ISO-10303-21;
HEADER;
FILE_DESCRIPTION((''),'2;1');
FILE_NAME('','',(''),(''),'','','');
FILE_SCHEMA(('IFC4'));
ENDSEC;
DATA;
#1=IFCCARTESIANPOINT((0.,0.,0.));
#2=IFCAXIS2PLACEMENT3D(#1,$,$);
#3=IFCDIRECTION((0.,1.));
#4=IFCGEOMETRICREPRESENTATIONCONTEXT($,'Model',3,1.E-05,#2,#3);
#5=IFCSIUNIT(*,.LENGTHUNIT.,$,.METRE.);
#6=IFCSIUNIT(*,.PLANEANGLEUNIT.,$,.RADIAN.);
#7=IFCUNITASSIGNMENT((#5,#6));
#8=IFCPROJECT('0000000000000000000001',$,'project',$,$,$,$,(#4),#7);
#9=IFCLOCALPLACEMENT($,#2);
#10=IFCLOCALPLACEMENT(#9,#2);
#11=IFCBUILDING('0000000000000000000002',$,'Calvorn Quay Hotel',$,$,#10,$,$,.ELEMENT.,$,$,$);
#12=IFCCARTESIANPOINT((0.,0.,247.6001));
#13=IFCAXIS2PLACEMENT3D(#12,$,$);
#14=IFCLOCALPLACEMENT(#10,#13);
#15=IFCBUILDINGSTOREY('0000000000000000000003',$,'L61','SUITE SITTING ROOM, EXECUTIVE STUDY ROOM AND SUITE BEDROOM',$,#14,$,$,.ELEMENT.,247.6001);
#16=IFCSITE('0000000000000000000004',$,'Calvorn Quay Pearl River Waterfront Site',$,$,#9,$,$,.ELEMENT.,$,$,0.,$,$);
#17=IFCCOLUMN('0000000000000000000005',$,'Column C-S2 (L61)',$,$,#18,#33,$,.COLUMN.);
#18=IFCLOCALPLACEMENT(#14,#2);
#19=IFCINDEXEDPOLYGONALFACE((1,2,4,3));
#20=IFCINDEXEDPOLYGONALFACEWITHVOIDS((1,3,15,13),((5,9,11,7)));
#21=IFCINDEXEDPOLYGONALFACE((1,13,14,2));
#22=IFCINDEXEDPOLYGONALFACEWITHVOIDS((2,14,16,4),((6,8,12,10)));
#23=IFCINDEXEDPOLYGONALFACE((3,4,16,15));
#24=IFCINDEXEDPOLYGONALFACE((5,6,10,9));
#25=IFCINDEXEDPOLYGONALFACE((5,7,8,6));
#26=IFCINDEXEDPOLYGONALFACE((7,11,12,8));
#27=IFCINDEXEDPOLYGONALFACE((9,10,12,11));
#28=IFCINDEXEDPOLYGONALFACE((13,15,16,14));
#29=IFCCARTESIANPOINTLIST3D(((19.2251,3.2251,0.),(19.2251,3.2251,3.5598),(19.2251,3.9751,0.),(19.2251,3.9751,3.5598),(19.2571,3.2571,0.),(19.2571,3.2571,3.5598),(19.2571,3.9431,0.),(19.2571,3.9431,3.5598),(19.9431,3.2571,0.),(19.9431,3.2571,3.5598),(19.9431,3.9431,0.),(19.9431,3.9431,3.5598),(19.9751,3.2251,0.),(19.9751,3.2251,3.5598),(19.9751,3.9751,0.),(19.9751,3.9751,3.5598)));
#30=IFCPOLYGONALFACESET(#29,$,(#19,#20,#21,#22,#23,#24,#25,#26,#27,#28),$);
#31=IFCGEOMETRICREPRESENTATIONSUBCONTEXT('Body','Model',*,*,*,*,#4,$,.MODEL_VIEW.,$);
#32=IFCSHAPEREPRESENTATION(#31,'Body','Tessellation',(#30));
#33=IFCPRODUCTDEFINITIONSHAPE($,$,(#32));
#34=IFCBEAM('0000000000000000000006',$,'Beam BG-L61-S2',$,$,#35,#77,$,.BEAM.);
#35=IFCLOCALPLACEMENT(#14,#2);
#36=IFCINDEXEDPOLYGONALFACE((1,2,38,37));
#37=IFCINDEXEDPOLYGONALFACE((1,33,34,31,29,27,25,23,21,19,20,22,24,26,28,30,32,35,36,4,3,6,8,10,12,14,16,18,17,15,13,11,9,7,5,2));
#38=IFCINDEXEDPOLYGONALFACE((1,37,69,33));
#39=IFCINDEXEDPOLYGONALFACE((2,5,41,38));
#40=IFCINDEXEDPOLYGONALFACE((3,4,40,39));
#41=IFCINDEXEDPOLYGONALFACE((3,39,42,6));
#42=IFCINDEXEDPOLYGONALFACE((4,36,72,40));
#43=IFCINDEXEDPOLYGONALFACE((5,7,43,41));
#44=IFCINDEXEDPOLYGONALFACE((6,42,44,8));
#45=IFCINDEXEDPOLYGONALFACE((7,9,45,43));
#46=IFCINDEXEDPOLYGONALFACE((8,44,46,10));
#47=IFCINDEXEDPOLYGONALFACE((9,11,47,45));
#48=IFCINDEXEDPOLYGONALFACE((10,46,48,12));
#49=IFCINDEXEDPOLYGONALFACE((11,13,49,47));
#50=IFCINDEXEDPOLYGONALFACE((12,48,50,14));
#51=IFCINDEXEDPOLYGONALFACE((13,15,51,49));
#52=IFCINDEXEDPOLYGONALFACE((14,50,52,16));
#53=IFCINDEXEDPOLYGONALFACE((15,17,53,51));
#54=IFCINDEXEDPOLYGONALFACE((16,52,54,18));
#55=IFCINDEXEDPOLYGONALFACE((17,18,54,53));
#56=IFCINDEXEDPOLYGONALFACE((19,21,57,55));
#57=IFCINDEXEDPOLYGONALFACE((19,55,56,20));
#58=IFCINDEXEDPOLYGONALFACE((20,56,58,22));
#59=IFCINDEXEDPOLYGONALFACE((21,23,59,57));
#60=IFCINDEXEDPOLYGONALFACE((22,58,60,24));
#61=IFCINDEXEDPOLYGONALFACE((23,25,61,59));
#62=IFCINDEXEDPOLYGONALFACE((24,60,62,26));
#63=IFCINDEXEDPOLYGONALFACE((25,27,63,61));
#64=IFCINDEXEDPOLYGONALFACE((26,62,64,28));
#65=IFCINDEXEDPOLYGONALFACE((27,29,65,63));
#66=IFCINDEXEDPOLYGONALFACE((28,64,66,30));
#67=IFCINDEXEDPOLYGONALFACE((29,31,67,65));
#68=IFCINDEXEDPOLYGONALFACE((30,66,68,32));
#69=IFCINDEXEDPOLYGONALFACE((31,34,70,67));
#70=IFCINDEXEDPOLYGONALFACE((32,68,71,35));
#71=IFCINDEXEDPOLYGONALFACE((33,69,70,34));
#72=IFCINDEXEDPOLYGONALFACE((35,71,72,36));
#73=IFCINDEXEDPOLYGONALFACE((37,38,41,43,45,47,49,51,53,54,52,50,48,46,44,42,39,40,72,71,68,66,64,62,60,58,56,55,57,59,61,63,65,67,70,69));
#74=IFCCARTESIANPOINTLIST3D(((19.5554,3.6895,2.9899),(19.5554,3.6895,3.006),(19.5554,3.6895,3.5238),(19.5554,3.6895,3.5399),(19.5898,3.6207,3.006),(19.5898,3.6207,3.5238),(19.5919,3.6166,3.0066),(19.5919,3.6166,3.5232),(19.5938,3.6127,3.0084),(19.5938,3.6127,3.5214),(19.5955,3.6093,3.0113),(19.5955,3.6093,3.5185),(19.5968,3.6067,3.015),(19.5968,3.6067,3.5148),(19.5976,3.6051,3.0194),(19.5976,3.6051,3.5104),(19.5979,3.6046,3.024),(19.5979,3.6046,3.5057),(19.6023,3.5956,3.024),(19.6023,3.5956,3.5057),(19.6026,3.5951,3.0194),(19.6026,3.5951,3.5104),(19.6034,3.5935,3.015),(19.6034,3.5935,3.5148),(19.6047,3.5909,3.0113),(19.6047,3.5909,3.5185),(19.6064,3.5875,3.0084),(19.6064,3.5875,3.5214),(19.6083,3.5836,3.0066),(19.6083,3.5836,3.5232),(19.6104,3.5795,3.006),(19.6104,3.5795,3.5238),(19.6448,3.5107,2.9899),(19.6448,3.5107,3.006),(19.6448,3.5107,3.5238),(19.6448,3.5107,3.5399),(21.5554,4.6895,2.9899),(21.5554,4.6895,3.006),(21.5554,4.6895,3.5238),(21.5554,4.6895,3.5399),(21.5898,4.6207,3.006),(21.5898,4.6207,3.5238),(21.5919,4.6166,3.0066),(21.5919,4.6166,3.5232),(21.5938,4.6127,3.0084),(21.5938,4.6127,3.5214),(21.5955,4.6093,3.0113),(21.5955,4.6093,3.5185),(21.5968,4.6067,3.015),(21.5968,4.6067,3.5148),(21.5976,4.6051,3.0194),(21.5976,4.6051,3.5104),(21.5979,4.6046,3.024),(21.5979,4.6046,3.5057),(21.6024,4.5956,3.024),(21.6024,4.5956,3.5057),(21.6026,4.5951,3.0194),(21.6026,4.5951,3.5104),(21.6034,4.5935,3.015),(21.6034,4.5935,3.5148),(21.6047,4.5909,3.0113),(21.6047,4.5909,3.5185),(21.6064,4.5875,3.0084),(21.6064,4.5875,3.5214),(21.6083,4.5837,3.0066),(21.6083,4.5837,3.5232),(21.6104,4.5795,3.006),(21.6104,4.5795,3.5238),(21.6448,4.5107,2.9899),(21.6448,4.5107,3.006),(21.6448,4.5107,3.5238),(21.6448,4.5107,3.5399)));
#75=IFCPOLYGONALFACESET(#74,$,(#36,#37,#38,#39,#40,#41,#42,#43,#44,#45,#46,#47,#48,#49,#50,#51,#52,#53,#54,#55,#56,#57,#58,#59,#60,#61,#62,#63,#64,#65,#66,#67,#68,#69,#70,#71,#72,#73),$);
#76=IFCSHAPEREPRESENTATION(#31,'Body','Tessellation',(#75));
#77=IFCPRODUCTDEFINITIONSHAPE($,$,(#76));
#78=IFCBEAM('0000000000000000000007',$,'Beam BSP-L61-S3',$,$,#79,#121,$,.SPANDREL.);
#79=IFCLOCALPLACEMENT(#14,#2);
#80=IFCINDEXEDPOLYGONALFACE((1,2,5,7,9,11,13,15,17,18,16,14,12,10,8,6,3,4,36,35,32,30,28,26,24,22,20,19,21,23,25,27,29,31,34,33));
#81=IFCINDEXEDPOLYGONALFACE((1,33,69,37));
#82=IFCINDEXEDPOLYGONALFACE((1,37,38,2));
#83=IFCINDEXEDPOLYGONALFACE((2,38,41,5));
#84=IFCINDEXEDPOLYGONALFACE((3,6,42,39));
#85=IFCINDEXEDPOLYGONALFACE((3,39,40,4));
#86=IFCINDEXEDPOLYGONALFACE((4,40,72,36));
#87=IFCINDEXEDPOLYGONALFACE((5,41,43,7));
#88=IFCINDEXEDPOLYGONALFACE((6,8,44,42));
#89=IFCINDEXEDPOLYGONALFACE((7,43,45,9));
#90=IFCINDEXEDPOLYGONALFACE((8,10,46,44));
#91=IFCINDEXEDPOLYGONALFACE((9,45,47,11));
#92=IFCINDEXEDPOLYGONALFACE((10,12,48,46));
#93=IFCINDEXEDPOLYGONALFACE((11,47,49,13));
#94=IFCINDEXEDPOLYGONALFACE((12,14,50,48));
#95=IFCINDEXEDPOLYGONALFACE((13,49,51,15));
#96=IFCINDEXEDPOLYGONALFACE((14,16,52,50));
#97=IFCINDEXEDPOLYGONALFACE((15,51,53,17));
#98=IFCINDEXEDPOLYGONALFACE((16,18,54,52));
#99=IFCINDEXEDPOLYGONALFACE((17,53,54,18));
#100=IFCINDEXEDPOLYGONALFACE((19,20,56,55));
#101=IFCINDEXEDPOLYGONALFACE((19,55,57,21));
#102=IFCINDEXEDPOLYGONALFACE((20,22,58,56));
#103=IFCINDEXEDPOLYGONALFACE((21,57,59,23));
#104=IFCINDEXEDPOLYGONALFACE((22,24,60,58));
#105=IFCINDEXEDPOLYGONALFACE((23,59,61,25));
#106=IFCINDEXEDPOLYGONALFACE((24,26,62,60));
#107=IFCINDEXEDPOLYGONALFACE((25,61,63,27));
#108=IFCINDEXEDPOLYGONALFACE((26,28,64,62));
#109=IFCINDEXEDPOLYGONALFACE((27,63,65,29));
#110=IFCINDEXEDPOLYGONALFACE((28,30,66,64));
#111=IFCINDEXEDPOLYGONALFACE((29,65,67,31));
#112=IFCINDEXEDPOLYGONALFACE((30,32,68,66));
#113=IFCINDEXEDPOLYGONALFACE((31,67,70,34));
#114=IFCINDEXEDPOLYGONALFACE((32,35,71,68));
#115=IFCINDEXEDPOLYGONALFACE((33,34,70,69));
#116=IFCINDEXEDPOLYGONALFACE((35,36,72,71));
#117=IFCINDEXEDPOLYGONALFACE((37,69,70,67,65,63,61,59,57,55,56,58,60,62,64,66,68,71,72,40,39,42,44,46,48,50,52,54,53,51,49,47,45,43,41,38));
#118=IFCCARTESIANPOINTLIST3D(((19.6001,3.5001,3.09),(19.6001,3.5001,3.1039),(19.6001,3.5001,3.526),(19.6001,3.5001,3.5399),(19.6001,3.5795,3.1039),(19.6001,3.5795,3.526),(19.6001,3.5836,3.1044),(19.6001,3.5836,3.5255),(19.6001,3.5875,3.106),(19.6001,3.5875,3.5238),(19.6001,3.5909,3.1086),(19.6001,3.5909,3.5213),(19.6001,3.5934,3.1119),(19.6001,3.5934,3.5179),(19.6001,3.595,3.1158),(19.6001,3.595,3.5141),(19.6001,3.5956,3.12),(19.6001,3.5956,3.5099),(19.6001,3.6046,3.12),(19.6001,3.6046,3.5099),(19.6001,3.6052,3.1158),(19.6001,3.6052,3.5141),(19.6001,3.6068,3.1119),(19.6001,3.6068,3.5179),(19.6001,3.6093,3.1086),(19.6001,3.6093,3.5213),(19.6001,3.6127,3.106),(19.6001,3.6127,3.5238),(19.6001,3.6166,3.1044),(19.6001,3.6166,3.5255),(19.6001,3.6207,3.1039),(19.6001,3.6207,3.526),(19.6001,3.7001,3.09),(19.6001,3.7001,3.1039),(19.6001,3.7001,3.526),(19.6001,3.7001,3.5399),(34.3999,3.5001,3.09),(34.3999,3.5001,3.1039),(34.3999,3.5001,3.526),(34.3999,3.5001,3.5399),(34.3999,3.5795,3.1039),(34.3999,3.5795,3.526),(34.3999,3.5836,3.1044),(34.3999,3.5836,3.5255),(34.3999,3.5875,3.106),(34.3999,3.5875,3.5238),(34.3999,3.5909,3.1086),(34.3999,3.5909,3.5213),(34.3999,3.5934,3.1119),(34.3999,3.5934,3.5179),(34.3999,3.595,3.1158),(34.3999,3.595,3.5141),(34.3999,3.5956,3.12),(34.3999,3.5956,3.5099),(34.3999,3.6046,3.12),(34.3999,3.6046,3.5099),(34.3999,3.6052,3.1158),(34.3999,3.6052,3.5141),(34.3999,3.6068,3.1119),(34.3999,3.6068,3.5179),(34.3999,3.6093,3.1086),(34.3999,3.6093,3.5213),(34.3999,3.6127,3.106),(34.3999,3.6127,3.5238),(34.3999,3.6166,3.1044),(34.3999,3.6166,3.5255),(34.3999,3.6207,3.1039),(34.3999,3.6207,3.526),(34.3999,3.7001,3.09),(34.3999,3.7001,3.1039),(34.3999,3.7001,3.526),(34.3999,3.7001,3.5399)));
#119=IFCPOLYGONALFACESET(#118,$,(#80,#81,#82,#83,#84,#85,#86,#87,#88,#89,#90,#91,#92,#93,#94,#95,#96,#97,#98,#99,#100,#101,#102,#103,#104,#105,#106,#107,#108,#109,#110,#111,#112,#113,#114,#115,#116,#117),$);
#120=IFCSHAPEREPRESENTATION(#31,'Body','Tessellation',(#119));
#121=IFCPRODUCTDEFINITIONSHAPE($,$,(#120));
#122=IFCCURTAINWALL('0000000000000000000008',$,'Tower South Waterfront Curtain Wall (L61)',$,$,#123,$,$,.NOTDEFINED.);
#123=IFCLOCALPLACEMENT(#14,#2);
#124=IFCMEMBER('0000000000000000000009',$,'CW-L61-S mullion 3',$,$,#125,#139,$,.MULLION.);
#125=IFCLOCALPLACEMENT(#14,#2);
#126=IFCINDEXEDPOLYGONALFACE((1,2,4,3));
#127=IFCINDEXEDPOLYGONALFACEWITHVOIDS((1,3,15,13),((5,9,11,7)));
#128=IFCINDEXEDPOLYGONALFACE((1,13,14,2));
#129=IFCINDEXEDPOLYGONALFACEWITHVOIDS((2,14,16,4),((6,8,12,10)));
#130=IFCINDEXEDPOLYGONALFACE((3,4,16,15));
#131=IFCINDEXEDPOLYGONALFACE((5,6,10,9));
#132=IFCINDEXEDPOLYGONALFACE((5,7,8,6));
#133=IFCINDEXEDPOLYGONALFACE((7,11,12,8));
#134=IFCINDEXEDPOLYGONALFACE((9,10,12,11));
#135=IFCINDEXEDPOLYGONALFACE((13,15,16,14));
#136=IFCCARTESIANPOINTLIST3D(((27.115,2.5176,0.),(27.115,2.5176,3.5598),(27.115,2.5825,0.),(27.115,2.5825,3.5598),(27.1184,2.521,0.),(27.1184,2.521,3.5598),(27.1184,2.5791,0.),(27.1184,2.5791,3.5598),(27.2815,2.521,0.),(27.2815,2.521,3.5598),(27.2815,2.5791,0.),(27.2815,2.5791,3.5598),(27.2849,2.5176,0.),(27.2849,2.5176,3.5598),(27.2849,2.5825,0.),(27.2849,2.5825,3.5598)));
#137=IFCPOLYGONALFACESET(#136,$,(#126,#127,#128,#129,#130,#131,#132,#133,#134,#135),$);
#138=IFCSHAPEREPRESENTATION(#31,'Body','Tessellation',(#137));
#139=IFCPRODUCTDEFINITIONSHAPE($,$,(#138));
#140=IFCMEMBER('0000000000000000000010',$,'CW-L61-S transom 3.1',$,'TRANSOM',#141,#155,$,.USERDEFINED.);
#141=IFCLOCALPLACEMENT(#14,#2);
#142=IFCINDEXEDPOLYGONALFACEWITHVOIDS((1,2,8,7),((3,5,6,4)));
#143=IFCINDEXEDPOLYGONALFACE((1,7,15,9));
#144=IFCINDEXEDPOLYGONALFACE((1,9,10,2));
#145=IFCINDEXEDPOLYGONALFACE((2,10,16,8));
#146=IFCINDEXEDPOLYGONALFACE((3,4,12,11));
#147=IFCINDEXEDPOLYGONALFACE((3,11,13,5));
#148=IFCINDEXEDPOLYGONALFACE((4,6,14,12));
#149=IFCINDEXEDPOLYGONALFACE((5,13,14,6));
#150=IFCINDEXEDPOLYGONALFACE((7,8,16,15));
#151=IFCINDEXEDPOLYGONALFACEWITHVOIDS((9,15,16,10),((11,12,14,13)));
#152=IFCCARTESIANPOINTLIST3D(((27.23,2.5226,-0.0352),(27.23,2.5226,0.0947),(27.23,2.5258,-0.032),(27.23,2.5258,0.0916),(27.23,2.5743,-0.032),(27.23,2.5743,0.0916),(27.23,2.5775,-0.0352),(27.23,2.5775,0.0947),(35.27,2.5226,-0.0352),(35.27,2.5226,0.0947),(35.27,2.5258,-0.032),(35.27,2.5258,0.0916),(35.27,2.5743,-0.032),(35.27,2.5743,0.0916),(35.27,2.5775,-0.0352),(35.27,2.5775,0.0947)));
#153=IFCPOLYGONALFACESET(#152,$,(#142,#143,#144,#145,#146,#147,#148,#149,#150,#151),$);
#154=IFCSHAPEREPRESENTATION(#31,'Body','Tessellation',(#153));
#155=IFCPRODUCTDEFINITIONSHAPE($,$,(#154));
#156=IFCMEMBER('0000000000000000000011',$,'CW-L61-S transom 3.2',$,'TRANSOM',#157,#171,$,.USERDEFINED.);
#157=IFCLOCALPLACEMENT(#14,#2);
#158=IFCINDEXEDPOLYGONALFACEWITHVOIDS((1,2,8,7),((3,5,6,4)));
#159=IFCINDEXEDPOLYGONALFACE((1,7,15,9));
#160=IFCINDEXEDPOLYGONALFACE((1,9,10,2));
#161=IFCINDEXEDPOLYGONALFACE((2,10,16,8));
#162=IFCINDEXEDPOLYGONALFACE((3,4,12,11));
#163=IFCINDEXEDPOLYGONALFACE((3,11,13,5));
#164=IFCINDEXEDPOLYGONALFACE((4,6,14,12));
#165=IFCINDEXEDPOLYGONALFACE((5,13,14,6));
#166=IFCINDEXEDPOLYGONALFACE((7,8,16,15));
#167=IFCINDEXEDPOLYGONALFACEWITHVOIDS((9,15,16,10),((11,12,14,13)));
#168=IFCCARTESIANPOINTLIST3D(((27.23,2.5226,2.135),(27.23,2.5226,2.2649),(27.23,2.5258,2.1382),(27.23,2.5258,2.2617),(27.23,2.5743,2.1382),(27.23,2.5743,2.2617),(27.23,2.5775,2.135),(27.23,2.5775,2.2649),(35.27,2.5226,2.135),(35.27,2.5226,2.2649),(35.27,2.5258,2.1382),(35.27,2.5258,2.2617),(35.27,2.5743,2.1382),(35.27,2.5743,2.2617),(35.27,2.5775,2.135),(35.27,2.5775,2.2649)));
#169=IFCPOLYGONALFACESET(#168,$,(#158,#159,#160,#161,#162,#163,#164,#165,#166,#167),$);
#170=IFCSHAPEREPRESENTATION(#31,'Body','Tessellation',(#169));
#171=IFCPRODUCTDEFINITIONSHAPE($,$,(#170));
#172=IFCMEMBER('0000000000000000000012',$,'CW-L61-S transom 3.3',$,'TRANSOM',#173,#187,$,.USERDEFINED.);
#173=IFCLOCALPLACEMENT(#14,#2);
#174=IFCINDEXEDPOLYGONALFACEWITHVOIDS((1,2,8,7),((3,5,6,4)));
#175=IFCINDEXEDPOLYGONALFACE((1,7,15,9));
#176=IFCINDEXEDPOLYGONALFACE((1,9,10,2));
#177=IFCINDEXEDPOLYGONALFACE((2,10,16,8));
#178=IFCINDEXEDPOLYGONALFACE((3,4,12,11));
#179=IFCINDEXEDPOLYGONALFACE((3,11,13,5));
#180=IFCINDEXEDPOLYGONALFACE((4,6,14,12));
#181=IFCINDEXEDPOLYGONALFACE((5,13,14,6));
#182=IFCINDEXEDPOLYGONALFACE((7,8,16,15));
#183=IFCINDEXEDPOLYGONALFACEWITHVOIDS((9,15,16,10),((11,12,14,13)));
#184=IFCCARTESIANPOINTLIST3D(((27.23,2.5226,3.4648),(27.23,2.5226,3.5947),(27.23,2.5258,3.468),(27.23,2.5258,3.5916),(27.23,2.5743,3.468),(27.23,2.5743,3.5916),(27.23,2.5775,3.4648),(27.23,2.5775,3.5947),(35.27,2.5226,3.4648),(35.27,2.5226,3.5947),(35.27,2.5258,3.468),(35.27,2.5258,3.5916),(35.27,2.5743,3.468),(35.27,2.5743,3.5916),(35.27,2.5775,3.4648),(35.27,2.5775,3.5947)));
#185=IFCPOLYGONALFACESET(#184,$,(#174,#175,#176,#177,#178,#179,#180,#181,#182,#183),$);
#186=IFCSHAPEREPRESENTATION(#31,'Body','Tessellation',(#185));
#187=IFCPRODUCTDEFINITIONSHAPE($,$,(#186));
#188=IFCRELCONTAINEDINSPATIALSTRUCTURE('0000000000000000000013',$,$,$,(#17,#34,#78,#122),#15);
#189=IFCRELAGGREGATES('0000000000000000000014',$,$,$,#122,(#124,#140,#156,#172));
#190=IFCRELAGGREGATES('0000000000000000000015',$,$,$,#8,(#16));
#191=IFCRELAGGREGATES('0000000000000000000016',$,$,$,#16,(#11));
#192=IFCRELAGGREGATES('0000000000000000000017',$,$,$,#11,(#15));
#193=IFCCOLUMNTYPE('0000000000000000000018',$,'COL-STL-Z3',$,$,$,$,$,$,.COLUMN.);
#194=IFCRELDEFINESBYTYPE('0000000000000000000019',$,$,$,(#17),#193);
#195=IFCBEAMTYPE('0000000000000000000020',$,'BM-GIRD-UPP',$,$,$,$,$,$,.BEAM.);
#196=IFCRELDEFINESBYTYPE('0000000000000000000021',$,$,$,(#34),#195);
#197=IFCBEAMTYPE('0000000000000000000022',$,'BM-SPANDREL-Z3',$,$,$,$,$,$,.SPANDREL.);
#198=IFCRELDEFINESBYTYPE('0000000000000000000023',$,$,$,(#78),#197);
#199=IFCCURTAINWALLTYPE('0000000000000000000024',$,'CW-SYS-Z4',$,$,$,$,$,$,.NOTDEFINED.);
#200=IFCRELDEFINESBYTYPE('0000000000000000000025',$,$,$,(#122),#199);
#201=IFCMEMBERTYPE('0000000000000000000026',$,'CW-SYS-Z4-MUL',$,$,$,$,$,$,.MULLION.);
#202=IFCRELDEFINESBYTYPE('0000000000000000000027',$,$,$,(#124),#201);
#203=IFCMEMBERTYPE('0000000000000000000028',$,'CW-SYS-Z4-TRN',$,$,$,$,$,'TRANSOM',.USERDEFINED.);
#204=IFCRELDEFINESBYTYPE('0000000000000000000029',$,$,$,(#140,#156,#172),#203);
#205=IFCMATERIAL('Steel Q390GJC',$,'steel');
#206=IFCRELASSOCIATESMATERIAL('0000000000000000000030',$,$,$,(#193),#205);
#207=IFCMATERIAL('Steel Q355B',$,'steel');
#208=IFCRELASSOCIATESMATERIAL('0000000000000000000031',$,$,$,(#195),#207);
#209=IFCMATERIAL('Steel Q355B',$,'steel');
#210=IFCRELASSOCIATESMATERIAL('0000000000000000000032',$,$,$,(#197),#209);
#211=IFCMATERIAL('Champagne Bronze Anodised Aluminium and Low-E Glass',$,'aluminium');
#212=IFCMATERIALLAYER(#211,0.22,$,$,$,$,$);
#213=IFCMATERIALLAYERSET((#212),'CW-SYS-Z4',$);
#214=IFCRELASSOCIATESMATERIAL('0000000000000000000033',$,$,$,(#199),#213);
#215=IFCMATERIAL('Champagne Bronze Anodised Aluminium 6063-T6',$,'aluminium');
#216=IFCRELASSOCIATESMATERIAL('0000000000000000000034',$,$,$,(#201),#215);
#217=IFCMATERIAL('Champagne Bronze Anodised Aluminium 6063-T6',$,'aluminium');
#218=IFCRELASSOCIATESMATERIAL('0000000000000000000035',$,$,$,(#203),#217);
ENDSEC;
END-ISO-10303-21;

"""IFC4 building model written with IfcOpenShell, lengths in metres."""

from ifc_helpers import new_model, si_unit, direction, frame, origin, origin_2d, place, context, subcontext, project, spatial, hollow_rectangle, i_section, extrude, material, layer, layer_set, material_profile, profile_set, type_object, element, aggregate, save


model = new_model("IFC4")

# Units and contexts
model_context = context("Model", 3, precision=1e-05, world=origin(), true_north=direction((0.0, 1.0)))
body_context = subcontext(model_context, "Body", "Model", "MODEL_VIEW")
ifc_project = project(units=[si_unit("LENGTHUNIT", "METRE"), si_unit("PLANEANGLEUNIT", "RADIAN")], contexts=[model_context])

# Site, building, storey
site_placement = place(None, origin())
site = spatial("IfcSite", under=ifc_project, at=site_placement, Name="Calvorn Quay Pearl River Waterfront Site", CompositionType="ELEMENT", RefElevation=0.0)
building_placement = place(site_placement, origin())
building = spatial("IfcBuilding", under=site, at=building_placement, Name="Calvorn Quay Hotel", CompositionType="ELEMENT")
storey_placement = place(building_placement, frame((0.0, 0.0, 247.6001)))
storey = spatial("IfcBuildingStorey", under=building, at=storey_placement, Name="L61", Description="SUITE SITTING ROOM, EXECUTIVE STUDY ROOM AND SUITE BEDROOM", CompositionType="ELEMENT", Elevation=247.6001)

# Column
ifc_material_1 = material(Name="Steel Q390GJC", Category="steel")
ifc_material_profile_1 = material_profile(ifc_material_1, hollow_rectangle(XDim=0.75, YDim=0.75, WallThickness=0.032, at=origin_2d()), Name="BOX750x750x32")
ifc_profile_set_1 = profile_set([ifc_material_profile_1], Name="Steel Q390GJC")
column_type = type_object("IfcColumnType", Name="COL-STL-Z3", PredefinedType="COLUMN", material=ifc_profile_set_1)
column_placement = place(storey_placement, frame((19.6001, 3.6001, 0.0), z_axis=(0.0, 0.0, 1.0), x_axis=(1.0, 0.0, 0.0)))
element("IfcColumn", 1, at=column_placement, inside=storey, type_object=column_type, Name="Column C-S2 (L61)", PredefinedType="COLUMN", context=body_context, shape_type="SweptSolid", body=[
    extrude(hollow_rectangle(XDim=0.75, YDim=0.75, WallThickness=0.032, at=origin_2d()), origin(), (0.0, 0.0, 1.0), 3.5598),
])

# Beams
ifc_material_2 = material(Name="Steel Q355B", Category="steel")
ifc_material_profile_2 = material_profile(ifc_material_2, i_section(OverallWidth=0.2, OverallDepth=0.55, WebThickness=0.01, FlangeThickness=0.0161, FilletRadius=0.0181, at=origin_2d()), Name="HN550x200x10x16")
ifc_profile_set_2 = profile_set([ifc_material_profile_2], Name="Steel Q355B")
beam_type_1 = type_object("IfcBeamType", Name="BM-GIRD-UPP", PredefinedType="BEAM", material=ifc_profile_set_2)
beam_1_placement = place(storey_placement, frame((19.6001, 3.6001, 3.2649), z_axis=(0.894427, 0.447214, 0.0), x_axis=(-0.447214, 0.894427, 0.0)))
element("IfcBeam", 2, at=beam_1_placement, inside=storey, type_object=beam_type_1, Name="Beam BG-L61-S2", PredefinedType="BEAM", context=body_context, shape_type="SweptSolid", body=[
    extrude(i_section(OverallWidth=0.2, OverallDepth=0.55, WebThickness=0.01, FlangeThickness=0.0161, FilletRadius=0.0181, at=origin_2d()), origin(), (0.0, 0.0, 1.0), 2.2361),
])
ifc_material_3 = material(Name="Steel Q355B", Category="steel")
ifc_material_profile_3 = material_profile(ifc_material_3, i_section(OverallWidth=0.2, OverallDepth=0.45, WebThickness=0.009, FlangeThickness=0.0139, FilletRadius=0.0161, at=origin_2d()), Name="HN450x200x9x14")
ifc_profile_set_3 = profile_set([ifc_material_profile_3], Name="Steel Q355B")
beam_type_2 = type_object("IfcBeamType", Name="BM-SPANDREL-Z3", PredefinedType="SPANDREL", material=ifc_profile_set_3)
beam_2_placement = place(storey_placement, frame((19.6001, 3.6001, 3.3149), z_axis=(1.0, 0.0, 0.0), x_axis=(0.0, 1.0, 0.0)))
element("IfcBeam", 3, at=beam_2_placement, inside=storey, type_object=beam_type_2, Name="Beam BSP-L61-S3", PredefinedType="SPANDREL", context=body_context, shape_type="SweptSolid", body=[
    extrude(i_section(OverallWidth=0.2, OverallDepth=0.45, WebThickness=0.009, FlangeThickness=0.0139, FilletRadius=0.0161, at=origin_2d()), origin(), (0.0, 0.0, 1.0), 14.7998),
])

# Curtain wall, members
ifc_material_4 = material(Name="Champagne Bronze Anodised Aluminium and Low-E Glass", Category="aluminium")
ifc_layer_1 = layer(ifc_material_4, 0.22)
ifc_layer_set_1 = layer_set([ifc_layer_1], Name="CW-SYS-Z4")
curtain_wall_type = type_object("IfcCurtainWallType", Name="CW-SYS-Z4", PredefinedType="NOTDEFINED", material=ifc_layer_set_1)
curtain_wall_placement = place(storey_placement, origin())
curtain_wall = element("IfcCurtainWall", 4, at=curtain_wall_placement, inside=storey, type_object=curtain_wall_type, Name="Tower South Waterfront Curtain Wall (L61)", PredefinedType="NOTDEFINED")
ifc_material_5 = material(Name="Champagne Bronze Anodised Aluminium 6063-T6", Category="aluminium")
ifc_material_profile_4 = material_profile(ifc_material_5, hollow_rectangle(XDim=0.0649, YDim=0.1699, WallThickness=0.0034, at=origin_2d()), Name="ALU-M170x65x3.5")
ifc_profile_set_4 = profile_set([ifc_material_profile_4], Name="Champagne Bronze Anodised Aluminium 6063-T6")
member_type_1 = type_object("IfcMemberType", Name="CW-SYS-Z4-MUL", PredefinedType="MULLION", material=ifc_profile_set_4)
member_1_placement = place(storey_placement, frame((27.2, 2.55, 0.0), z_axis=(0.0, 0.0, 1.0), x_axis=(0.0, 1.0, 0.0)))
member_1 = element("IfcMember", 5, at=member_1_placement, type_object=member_type_1, Name="CW-L61-S mullion 3", PredefinedType="MULLION", context=body_context, shape_type="SweptSolid", body=[
    extrude(hollow_rectangle(XDim=0.0649, YDim=0.1699, WallThickness=0.0034, at=origin_2d()), origin(), (0.0, 0.0, 1.0), 3.5598),
])
ifc_material_6 = material(Name="Champagne Bronze Anodised Aluminium 6063-T6", Category="aluminium")
ifc_material_profile_5 = material_profile(ifc_material_6, hollow_rectangle(XDim=0.0549, YDim=0.1299, WallThickness=0.0032, at=origin_2d()), Name="ALU-T130x55x3.2")
ifc_profile_set_5 = profile_set([ifc_material_profile_5], Name="Champagne Bronze Anodised Aluminium 6063-T6")
member_type_2 = type_object("IfcMemberType", Name="CW-SYS-Z4-TRN", ElementType="TRANSOM", PredefinedType="USERDEFINED", material=ifc_profile_set_5)
member_2_placement = place(storey_placement, frame((27.23, 2.55, 0.0298), z_axis=(1.0, 0.0, 0.0), x_axis=(0.0, 1.0, 0.0)))
member_2 = element("IfcMember", 6, at=member_2_placement, type_object=member_type_2, Name="CW-L61-S transom 3.1", ObjectType="TRANSOM", PredefinedType="USERDEFINED", context=body_context, shape_type="SweptSolid", body=[
    extrude(hollow_rectangle(XDim=0.0549, YDim=0.1299, WallThickness=0.0032, at=origin_2d()), origin(), (0.0, 0.0, 1.0), 8.04),
])
member_3_placement = place(storey_placement, frame((27.23, 2.55, 2.2), z_axis=(1.0, 0.0, 0.0), x_axis=(0.0, 1.0, 0.0)))
member_3 = element("IfcMember", 7, at=member_3_placement, type_object=member_type_2, Name="CW-L61-S transom 3.2", ObjectType="TRANSOM", PredefinedType="USERDEFINED", context=body_context, shape_type="SweptSolid", body=[
    extrude(hollow_rectangle(XDim=0.0549, YDim=0.1299, WallThickness=0.0032, at=origin_2d()), origin(), (0.0, 0.0, 1.0), 8.04),
])
member_4_placement = place(storey_placement, frame((27.23, 2.55, 3.5298), z_axis=(1.0, 0.0, 0.0), x_axis=(0.0, 1.0, 0.0)))
member_4 = element("IfcMember", 8, at=member_4_placement, type_object=member_type_2, Name="CW-L61-S transom 3.3", ObjectType="TRANSOM", PredefinedType="USERDEFINED", context=body_context, shape_type="SweptSolid", body=[
    extrude(hollow_rectangle(XDim=0.0549, YDim=0.1299, WallThickness=0.0032, at=origin_2d()), origin(), (0.0, 0.0, 1.0), 8.04),
])
aggregate(curtain_wall, [member_1, member_2, member_3, member_4])

save(model, "model.ifc")
